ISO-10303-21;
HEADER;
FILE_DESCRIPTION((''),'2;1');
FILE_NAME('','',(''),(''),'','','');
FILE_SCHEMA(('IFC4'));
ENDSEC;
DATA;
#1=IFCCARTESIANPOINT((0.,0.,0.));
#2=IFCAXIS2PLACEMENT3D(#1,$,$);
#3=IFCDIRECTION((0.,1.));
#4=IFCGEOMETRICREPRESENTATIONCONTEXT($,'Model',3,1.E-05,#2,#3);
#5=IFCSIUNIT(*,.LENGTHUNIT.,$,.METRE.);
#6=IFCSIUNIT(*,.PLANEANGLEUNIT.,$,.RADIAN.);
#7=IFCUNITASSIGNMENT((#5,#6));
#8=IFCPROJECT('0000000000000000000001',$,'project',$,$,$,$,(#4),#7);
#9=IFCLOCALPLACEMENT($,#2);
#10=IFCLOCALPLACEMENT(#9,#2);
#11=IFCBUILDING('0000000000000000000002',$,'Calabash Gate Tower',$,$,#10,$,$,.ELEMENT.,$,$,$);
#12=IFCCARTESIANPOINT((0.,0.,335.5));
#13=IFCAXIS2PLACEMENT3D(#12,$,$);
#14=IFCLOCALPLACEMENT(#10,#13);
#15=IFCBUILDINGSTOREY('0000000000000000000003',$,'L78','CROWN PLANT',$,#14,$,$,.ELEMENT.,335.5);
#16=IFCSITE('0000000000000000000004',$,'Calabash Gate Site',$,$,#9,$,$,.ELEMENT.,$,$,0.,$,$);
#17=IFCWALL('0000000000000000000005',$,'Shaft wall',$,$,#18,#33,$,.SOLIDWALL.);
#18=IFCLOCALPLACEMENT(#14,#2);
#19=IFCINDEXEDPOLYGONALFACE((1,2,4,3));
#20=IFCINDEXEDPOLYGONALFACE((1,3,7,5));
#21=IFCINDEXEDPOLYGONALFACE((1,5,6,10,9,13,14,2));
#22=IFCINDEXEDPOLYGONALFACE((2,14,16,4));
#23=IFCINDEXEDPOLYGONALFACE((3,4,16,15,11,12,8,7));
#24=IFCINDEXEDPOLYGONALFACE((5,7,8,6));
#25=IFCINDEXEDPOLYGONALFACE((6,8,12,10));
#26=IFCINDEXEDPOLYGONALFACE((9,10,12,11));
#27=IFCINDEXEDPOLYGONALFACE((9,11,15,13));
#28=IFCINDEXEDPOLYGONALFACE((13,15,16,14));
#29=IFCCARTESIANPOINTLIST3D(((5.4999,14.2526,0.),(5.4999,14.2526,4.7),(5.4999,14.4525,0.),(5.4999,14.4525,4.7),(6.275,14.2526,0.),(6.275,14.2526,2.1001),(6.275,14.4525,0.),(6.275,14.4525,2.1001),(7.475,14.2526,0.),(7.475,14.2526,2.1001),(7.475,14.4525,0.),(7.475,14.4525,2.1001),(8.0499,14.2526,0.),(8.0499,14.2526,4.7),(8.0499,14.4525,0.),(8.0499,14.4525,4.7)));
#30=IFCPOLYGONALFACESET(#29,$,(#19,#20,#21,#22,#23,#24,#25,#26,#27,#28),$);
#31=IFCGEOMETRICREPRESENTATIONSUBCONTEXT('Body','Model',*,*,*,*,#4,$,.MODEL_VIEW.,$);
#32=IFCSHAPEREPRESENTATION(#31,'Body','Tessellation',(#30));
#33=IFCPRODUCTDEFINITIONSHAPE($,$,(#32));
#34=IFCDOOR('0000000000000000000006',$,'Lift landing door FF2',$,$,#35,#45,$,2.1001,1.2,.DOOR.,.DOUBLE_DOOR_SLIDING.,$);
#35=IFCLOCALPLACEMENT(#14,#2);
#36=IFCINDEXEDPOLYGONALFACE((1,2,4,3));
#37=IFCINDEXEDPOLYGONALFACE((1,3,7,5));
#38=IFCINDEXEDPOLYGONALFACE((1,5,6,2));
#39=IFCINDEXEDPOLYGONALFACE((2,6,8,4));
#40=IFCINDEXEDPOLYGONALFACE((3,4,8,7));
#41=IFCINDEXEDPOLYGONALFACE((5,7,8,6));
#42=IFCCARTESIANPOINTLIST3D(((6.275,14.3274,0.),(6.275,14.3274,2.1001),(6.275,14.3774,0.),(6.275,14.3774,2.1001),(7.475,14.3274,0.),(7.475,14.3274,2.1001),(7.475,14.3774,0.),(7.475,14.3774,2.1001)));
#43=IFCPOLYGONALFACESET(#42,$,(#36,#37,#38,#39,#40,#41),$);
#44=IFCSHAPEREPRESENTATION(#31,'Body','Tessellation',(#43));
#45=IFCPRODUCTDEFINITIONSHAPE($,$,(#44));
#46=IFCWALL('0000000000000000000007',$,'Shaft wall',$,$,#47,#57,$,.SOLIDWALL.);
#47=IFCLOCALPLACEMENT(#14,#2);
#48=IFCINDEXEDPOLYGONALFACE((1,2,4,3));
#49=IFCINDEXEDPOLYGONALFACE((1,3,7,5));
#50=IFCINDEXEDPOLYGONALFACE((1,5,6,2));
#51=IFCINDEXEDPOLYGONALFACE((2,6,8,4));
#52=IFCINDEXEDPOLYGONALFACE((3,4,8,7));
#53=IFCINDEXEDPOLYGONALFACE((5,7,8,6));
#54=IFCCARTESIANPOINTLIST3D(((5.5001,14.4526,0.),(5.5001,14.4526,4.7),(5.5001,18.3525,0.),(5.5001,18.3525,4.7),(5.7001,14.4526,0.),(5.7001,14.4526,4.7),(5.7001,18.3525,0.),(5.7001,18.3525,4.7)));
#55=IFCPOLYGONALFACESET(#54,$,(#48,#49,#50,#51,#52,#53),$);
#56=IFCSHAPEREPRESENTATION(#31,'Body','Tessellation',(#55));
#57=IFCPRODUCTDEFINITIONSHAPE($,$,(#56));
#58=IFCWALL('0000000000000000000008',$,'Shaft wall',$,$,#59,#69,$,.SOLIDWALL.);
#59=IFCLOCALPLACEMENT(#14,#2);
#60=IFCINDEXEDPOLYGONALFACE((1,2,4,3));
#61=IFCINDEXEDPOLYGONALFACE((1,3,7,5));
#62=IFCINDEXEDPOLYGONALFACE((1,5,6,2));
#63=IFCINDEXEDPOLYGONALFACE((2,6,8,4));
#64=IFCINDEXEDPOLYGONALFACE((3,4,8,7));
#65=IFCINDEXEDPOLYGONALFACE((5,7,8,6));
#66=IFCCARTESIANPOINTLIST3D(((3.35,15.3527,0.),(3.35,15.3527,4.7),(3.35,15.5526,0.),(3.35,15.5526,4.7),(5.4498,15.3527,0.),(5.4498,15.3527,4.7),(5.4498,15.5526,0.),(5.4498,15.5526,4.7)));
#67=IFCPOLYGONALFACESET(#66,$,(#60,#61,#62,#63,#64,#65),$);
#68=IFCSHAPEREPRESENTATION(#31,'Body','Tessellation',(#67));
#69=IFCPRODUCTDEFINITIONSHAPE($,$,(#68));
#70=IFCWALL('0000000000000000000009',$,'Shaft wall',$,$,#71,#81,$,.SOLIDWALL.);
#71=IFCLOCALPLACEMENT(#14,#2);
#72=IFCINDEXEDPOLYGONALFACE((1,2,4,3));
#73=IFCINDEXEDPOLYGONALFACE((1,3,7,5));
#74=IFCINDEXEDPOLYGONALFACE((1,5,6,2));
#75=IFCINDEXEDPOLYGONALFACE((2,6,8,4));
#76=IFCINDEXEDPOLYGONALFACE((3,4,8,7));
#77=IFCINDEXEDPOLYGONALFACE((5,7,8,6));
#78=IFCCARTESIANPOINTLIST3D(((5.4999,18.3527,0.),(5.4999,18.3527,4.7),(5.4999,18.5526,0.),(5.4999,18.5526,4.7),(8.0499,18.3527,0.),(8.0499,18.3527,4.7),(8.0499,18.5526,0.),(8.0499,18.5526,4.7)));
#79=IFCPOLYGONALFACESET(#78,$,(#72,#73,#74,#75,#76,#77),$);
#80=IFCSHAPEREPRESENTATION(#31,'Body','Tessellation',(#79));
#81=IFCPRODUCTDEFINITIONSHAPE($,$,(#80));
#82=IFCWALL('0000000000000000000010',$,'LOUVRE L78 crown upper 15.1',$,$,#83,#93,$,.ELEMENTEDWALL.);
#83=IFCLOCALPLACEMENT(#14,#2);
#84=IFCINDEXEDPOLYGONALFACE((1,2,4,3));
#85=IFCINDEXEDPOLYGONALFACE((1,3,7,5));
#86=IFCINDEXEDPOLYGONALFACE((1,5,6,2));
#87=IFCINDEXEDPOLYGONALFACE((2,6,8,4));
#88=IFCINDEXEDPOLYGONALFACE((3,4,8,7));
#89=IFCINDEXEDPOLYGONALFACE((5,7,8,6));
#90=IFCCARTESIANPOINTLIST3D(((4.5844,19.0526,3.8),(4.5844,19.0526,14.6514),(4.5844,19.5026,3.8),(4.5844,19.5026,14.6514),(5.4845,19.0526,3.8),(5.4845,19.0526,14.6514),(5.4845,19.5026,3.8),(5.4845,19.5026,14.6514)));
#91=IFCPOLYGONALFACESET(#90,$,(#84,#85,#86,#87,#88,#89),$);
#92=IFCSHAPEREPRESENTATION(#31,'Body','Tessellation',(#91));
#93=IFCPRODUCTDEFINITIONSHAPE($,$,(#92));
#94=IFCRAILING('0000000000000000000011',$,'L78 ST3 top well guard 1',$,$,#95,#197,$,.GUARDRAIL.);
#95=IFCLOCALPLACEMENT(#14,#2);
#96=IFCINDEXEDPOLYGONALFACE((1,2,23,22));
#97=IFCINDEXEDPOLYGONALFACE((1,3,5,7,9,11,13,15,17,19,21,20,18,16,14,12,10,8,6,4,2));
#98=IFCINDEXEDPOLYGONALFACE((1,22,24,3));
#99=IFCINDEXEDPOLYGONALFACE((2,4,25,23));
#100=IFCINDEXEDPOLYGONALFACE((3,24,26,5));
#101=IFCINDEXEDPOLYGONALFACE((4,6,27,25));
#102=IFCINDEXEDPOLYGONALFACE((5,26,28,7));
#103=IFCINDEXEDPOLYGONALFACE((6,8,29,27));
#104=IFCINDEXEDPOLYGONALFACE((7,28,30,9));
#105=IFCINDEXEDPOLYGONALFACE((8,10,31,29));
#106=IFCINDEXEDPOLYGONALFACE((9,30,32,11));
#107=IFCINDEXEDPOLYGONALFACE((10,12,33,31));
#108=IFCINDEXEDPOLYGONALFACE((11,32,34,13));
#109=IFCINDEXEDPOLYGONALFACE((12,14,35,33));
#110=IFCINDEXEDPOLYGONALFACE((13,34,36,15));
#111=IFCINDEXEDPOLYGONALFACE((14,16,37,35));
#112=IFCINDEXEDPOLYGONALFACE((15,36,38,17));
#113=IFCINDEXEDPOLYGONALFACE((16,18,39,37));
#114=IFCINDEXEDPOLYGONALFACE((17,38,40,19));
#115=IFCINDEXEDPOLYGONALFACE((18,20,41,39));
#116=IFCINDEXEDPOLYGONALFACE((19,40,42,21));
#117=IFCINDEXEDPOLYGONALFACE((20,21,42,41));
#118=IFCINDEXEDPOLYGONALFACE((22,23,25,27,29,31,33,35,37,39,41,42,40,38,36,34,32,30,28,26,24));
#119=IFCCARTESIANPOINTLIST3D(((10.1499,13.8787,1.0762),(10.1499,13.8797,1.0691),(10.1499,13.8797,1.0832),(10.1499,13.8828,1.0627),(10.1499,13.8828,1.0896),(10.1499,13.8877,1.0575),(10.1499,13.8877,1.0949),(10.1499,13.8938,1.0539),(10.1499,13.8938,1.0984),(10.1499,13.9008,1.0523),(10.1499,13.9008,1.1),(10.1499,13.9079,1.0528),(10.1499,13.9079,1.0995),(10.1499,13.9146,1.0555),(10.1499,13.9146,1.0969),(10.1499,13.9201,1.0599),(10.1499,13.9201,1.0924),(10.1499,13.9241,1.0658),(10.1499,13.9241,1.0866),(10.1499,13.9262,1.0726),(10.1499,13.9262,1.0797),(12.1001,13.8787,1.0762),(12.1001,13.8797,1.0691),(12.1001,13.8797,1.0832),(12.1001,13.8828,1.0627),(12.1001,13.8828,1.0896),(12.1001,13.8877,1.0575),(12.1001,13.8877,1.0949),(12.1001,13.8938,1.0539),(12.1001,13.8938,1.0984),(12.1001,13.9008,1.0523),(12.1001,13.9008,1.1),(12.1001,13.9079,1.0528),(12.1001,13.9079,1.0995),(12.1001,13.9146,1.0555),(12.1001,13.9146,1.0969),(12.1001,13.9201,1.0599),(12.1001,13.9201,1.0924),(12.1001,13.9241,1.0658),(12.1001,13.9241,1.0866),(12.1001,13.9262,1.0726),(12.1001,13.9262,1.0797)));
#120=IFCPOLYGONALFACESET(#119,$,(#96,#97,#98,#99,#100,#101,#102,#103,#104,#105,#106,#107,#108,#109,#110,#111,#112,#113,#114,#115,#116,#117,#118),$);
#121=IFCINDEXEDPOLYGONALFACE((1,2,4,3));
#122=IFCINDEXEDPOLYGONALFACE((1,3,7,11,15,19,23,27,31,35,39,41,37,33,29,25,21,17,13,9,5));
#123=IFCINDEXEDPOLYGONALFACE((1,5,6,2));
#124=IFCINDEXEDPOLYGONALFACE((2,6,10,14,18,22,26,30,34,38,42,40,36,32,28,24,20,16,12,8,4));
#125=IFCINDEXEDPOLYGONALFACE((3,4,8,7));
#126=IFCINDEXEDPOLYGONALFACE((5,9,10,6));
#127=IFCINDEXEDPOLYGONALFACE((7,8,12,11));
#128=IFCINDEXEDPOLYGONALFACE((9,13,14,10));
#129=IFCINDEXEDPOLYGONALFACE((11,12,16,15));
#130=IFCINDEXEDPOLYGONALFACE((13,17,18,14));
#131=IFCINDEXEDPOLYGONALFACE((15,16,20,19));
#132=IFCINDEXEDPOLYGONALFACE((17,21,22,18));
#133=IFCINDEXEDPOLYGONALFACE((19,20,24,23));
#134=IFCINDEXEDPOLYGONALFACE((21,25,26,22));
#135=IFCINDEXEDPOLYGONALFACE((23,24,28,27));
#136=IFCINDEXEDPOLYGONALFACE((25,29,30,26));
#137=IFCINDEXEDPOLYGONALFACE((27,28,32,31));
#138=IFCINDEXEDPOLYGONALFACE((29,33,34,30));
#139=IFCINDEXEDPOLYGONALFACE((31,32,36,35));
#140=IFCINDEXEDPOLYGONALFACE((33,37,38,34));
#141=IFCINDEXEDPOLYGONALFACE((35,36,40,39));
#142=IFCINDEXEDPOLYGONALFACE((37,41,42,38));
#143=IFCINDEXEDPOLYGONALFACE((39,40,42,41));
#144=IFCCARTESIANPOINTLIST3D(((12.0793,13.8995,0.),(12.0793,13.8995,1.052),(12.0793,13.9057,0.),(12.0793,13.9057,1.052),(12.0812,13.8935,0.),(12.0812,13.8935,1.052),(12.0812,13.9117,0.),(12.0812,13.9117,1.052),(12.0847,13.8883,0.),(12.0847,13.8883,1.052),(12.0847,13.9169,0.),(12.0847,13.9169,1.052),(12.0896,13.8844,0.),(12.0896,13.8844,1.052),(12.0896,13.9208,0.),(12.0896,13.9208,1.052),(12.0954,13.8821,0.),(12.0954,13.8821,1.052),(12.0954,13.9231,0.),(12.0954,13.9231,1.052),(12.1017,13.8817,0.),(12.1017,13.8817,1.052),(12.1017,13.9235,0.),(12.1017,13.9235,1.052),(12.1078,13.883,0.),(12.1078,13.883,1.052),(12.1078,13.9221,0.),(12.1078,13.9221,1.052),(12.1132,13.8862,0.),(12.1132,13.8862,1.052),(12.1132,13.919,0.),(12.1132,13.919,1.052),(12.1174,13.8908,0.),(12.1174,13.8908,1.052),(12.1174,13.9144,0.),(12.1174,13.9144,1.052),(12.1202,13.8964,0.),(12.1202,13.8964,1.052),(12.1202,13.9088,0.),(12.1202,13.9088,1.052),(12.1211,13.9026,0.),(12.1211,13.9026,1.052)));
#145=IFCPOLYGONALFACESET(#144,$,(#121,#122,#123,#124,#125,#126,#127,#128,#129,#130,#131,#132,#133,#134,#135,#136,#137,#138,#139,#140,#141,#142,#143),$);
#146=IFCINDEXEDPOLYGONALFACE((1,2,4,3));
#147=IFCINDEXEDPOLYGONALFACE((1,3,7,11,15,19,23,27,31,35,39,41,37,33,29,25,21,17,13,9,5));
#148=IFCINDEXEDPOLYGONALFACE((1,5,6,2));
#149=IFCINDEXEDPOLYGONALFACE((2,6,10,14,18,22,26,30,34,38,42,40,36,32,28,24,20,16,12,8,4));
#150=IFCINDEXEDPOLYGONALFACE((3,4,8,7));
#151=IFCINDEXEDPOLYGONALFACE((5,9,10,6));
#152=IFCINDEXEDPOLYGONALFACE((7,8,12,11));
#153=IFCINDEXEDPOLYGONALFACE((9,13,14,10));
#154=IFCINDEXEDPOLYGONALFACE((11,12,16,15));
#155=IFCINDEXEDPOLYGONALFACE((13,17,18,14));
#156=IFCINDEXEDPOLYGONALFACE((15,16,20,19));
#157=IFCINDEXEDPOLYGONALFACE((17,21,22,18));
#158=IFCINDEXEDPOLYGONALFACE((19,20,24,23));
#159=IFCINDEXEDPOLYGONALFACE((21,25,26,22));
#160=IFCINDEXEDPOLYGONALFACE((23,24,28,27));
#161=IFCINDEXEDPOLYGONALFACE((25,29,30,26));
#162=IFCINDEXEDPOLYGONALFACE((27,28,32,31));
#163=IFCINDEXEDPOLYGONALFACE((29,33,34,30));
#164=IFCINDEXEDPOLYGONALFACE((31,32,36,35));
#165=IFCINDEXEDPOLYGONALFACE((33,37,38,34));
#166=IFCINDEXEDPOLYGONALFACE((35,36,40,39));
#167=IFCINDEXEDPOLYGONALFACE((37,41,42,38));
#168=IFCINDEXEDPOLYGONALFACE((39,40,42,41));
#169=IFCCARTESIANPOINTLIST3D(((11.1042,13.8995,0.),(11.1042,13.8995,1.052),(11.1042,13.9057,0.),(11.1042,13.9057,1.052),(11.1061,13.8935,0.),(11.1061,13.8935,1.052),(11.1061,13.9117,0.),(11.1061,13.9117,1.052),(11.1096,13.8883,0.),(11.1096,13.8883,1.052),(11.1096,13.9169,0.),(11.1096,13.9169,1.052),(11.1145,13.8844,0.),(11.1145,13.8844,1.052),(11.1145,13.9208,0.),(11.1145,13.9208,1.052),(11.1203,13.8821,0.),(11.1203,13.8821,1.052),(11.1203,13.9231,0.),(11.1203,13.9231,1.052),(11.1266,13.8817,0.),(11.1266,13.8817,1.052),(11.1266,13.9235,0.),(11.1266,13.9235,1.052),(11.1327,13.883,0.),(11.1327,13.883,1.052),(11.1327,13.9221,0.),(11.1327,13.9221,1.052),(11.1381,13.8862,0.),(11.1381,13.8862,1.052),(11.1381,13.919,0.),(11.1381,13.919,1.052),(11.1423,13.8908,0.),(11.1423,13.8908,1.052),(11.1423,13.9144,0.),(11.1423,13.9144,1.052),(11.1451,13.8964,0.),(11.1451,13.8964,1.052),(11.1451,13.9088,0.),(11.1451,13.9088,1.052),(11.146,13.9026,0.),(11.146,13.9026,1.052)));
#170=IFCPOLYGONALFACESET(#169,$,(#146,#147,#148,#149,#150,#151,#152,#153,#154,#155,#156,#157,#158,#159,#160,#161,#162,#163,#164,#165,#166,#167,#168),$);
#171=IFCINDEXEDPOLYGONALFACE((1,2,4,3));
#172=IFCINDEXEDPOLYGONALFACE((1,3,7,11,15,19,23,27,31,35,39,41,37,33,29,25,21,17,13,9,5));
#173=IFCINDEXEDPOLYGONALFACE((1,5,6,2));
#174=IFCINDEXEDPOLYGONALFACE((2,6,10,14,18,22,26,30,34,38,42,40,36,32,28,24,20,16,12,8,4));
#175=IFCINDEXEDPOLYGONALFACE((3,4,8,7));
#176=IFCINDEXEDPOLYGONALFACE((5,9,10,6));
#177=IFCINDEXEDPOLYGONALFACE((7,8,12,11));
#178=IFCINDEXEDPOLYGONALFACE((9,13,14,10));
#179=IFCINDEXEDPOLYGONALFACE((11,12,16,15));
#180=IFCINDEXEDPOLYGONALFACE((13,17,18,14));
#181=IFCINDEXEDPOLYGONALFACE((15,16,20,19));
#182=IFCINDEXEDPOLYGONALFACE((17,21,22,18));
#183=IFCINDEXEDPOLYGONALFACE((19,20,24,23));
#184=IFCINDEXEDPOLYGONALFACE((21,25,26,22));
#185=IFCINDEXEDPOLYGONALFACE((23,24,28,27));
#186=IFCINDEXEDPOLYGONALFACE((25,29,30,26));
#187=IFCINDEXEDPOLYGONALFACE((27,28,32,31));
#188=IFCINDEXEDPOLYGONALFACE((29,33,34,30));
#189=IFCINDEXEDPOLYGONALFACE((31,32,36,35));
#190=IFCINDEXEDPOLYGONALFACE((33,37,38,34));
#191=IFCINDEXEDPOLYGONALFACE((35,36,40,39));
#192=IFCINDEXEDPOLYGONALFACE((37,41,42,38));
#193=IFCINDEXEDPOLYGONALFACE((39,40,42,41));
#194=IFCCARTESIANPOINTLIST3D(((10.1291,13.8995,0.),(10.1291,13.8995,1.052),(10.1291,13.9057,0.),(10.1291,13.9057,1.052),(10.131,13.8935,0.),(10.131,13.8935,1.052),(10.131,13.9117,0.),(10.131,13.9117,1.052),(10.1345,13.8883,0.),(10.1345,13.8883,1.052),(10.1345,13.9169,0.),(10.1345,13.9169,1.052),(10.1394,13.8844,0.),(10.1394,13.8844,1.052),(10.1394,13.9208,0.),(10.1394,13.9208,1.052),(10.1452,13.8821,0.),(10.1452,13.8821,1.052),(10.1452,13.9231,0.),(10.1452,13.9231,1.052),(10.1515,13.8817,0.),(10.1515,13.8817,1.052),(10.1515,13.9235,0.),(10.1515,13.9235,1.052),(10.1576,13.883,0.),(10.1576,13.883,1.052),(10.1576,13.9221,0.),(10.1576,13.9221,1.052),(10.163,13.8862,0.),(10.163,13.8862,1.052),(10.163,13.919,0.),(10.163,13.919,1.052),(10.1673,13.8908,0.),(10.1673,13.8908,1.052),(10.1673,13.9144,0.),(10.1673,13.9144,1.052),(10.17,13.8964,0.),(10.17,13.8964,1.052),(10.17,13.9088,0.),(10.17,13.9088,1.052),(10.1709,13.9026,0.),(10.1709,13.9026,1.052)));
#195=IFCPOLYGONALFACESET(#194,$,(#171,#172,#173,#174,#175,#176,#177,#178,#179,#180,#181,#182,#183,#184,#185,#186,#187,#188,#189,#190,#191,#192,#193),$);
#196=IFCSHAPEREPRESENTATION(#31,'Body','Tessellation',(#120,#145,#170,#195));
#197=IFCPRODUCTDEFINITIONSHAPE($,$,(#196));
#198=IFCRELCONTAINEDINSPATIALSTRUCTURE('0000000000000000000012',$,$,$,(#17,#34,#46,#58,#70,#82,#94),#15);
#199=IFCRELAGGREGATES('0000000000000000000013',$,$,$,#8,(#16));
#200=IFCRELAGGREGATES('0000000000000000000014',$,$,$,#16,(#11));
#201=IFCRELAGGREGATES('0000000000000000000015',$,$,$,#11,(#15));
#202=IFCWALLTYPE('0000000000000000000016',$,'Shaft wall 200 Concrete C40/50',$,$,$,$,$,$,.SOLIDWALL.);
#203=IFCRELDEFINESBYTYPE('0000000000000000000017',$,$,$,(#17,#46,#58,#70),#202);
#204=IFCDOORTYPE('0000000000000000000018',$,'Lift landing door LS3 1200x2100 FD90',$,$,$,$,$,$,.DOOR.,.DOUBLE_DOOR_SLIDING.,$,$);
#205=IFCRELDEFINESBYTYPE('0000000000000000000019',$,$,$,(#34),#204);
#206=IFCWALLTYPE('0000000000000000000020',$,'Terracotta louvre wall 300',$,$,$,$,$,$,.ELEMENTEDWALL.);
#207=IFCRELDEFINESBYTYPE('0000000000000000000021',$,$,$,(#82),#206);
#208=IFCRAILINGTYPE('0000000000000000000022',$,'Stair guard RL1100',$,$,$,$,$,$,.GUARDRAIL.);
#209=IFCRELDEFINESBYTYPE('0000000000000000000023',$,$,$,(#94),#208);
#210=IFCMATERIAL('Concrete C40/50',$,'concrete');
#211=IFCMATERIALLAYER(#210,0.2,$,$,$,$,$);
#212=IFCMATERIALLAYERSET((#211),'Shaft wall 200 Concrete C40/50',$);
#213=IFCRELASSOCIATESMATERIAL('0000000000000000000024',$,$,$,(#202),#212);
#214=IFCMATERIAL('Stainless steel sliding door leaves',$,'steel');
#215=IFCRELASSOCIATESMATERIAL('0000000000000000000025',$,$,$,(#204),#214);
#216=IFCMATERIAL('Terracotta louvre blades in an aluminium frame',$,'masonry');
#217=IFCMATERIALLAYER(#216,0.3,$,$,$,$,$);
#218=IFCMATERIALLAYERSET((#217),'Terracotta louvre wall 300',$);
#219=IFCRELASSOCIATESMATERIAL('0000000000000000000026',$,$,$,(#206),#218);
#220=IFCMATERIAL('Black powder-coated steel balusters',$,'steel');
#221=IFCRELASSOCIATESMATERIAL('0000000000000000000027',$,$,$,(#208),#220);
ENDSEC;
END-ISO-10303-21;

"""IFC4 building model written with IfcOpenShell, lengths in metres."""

from ifc_helpers import new_model, si_unit, direction, frame, frame_2d, origin, origin_2d, place, context, subcontext, project, spatial, rectangle, circle, extrude, material, layer, layer_set, type_object, element, fill, save


model = new_model("IFC4")

# Units and contexts
model_context = context("Model", 3, precision=1e-05, world=origin(), true_north=direction((0.0, 1.0)))
body_context = subcontext(model_context, "Body", "Model", "MODEL_VIEW")
ifc_project = project(units=[si_unit("LENGTHUNIT", "METRE"), si_unit("PLANEANGLEUNIT", "RADIAN")], contexts=[model_context])

# Site, building, storey
site_placement = place(None, origin())
site = spatial("IfcSite", under=ifc_project, at=site_placement, Name="Calabash Gate Site", CompositionType="ELEMENT", RefElevation=0.0)
building_placement = place(site_placement, origin())
building = spatial("IfcBuilding", under=site, at=building_placement, Name="Calabash Gate Tower", CompositionType="ELEMENT")
storey_placement = place(building_placement, frame((0.0, 0.0, 335.5)))
storey = spatial("IfcBuildingStorey", under=building, at=storey_placement, Name="L78", Description="CROWN PLANT", CompositionType="ELEMENT", Elevation=335.5)

# Wall, opening, door
ifc_material_1 = material(Name="Concrete C40/50", Category="concrete")
ifc_layer_1 = layer(ifc_material_1, 0.2)
ifc_layer_set_1 = layer_set([ifc_layer_1], Name="Shaft wall 200 Concrete C40/50")
wall_type_1 = type_object("IfcWallType", Name="Shaft wall 200 Concrete C40/50", PredefinedType="SOLIDWALL", material=ifc_layer_set_1)
wall_1_placement = place(storey_placement, frame((5.5, 14.3525, 0.0), z_axis=(0.0, 0.0, 1.0), x_axis=(1.0, 0.0, 0.0)))
wall_1 = element("IfcWall", 1, at=wall_1_placement, inside=storey, type_object=wall_type_1, Name="Shaft wall", PredefinedType="SOLIDWALL", context=body_context, shape_type="SweptSolid", body=[
    extrude(rectangle(XDim=2.55, YDim=0.2, at=frame_2d((1.2749, 0.0))), origin(), (0.0, 0.0, 1.0), 4.7),
])
opening_placement = place(wall_1_placement, frame((0.7749, 0.0, 0.0)))
opening = element("IfcOpeningElement", 2, at=opening_placement, cuts=wall_1, PredefinedType="OPENING", context=body_context, shape_type="SweptSolid", body=[
    extrude(rectangle(XDim=1.2, YDim=2.1001, at=frame_2d((0.6001, 1.05))), frame((0.0, 0.1099, 0.0), z_axis=(0.0, -1.0, 0.0), x_axis=(1.0, 0.0, 0.0)), (0.0, 0.0, 1.0), 0.22),
])
ifc_material_2 = material(Name="Stainless steel sliding door leaves", Category="steel")
door_type = type_object("IfcDoorType", Name="Lift landing door LS3 1200x2100 FD90", OperationType="DOUBLE_DOOR_SLIDING", PredefinedType="DOOR", material=ifc_material_2)
door_placement = place(opening_placement, origin())
door = element("IfcDoor", 3, at=door_placement, inside=storey, type_object=door_type, Name="Lift landing door FF2", OperationType="DOUBLE_DOOR_SLIDING", OverallHeight=2.1001, OverallWidth=1.2, PredefinedType="DOOR", context=body_context, shape_type="SweptSolid", body=[
    extrude(rectangle(XDim=1.2, YDim=2.1001, at=frame_2d((0.6001, 1.05))), frame((0.0, 0.0249, 0.0), z_axis=(0.0, -1.0, 0.0), x_axis=(1.0, 0.0, 0.0)), (0.0, 0.0, 1.0), 0.05),
])
fill(opening, door)

# Walls
wall_2_placement = place(storey_placement, frame((5.6001, 14.4526, 0.0), z_axis=(0.0, 0.0, 1.0), x_axis=(0.0, 1.0, 0.0)))
element("IfcWall", 4, at=wall_2_placement, inside=storey, type_object=wall_type_1, Name="Shaft wall", PredefinedType="SOLIDWALL", context=body_context, shape_type="SweptSolid", body=[
    extrude(rectangle(XDim=3.8999, YDim=0.2, at=frame_2d((1.95, 0.0))), origin(), (0.0, 0.0, 1.0), 4.7),
])
wall_3_placement = place(storey_placement, frame((3.3501, 15.4526, 0.0), z_axis=(0.0, 0.0, 1.0), x_axis=(1.0, 0.0, 0.0)))
element("IfcWall", 5, at=wall_3_placement, inside=storey, type_object=wall_type_1, Name="Shaft wall", PredefinedType="SOLIDWALL", context=body_context, shape_type="SweptSolid", body=[
    extrude(rectangle(XDim=2.0999, YDim=0.2, at=frame_2d((1.0498, 0.0))), origin(), (0.0, 0.0, 1.0), 4.7),
])
wall_4_placement = place(storey_placement, frame((5.5, 18.4526, 0.0), z_axis=(0.0, 0.0, 1.0), x_axis=(1.0, 0.0, 0.0)))
element("IfcWall", 6, at=wall_4_placement, inside=storey, type_object=wall_type_1, Name="Shaft wall", PredefinedType="SOLIDWALL", context=body_context, shape_type="SweptSolid", body=[
    extrude(rectangle(XDim=2.55, YDim=0.2, at=frame_2d((1.2749, 0.0))), origin(), (0.0, 0.0, 1.0), 4.7),
])
ifc_material_3 = material(Name="Terracotta louvre blades in an aluminium frame", Category="masonry")
ifc_layer_2 = layer(ifc_material_3, 0.3)
ifc_layer_set_2 = layer_set([ifc_layer_2], Name="Terracotta louvre wall 300")
wall_type_2 = type_object("IfcWallType", Name="Terracotta louvre wall 300", PredefinedType="ELEMENTEDWALL", material=ifc_layer_set_2)
wall_5_placement = place(storey_placement, frame((4.5842, 19.2776, 3.8), z_axis=(0.0, 0.0, 1.0), x_axis=(1.0, 0.0, 0.0)))
element("IfcWall", 7, at=wall_5_placement, inside=storey, type_object=wall_type_2, Name="LOUVRE L78 crown upper 15.1", PredefinedType="ELEMENTEDWALL", context=body_context, shape_type="SweptSolid", body=[
    extrude(rectangle(XDim=0.9001, YDim=0.45, at=frame_2d((0.4502, 0.0))), origin(), (0.0, 0.0, 1.0), 10.8513),
])

# Railing
ifc_material_4 = material(Name="Black powder-coated steel balusters", Category="steel")
railing_type = type_object("IfcRailingType", Name="Stair guard RL1100", PredefinedType="GUARDRAIL", material=ifc_material_4)
railing_placement = place(storey_placement, frame((12.1001, 13.9026, 0.0)))
element("IfcRailing", 8, at=railing_placement, inside=storey, type_object=railing_type, Name="L78 ST3 top well guard 1", PredefinedType="GUARDRAIL", context=body_context, shape_type="SweptSolid", body=[
    extrude(circle(Radius=0.0239, at=origin_2d()), frame((0.0, 0.0, 1.0762), z_axis=(-1.0, 0.0, 0.0), x_axis=(0.0, -1.0, 0.0)), (0.0, 0.0, 1.0), 1.9502),
    extrude(circle(Radius=0.021, at=origin_2d()), origin(), (0.0, 0.0, 1.0), 1.052),
    extrude(circle(Radius=0.021, at=origin_2d()), frame((-0.9751, 0.0, 0.0)), (0.0, 0.0, 1.0), 1.052),
    extrude(circle(Radius=0.021, at=origin_2d()), frame((-1.9502, 0.0, 0.0)), (0.0, 0.0, 1.0), 1.052),
])

save(model, "model.ifc")
